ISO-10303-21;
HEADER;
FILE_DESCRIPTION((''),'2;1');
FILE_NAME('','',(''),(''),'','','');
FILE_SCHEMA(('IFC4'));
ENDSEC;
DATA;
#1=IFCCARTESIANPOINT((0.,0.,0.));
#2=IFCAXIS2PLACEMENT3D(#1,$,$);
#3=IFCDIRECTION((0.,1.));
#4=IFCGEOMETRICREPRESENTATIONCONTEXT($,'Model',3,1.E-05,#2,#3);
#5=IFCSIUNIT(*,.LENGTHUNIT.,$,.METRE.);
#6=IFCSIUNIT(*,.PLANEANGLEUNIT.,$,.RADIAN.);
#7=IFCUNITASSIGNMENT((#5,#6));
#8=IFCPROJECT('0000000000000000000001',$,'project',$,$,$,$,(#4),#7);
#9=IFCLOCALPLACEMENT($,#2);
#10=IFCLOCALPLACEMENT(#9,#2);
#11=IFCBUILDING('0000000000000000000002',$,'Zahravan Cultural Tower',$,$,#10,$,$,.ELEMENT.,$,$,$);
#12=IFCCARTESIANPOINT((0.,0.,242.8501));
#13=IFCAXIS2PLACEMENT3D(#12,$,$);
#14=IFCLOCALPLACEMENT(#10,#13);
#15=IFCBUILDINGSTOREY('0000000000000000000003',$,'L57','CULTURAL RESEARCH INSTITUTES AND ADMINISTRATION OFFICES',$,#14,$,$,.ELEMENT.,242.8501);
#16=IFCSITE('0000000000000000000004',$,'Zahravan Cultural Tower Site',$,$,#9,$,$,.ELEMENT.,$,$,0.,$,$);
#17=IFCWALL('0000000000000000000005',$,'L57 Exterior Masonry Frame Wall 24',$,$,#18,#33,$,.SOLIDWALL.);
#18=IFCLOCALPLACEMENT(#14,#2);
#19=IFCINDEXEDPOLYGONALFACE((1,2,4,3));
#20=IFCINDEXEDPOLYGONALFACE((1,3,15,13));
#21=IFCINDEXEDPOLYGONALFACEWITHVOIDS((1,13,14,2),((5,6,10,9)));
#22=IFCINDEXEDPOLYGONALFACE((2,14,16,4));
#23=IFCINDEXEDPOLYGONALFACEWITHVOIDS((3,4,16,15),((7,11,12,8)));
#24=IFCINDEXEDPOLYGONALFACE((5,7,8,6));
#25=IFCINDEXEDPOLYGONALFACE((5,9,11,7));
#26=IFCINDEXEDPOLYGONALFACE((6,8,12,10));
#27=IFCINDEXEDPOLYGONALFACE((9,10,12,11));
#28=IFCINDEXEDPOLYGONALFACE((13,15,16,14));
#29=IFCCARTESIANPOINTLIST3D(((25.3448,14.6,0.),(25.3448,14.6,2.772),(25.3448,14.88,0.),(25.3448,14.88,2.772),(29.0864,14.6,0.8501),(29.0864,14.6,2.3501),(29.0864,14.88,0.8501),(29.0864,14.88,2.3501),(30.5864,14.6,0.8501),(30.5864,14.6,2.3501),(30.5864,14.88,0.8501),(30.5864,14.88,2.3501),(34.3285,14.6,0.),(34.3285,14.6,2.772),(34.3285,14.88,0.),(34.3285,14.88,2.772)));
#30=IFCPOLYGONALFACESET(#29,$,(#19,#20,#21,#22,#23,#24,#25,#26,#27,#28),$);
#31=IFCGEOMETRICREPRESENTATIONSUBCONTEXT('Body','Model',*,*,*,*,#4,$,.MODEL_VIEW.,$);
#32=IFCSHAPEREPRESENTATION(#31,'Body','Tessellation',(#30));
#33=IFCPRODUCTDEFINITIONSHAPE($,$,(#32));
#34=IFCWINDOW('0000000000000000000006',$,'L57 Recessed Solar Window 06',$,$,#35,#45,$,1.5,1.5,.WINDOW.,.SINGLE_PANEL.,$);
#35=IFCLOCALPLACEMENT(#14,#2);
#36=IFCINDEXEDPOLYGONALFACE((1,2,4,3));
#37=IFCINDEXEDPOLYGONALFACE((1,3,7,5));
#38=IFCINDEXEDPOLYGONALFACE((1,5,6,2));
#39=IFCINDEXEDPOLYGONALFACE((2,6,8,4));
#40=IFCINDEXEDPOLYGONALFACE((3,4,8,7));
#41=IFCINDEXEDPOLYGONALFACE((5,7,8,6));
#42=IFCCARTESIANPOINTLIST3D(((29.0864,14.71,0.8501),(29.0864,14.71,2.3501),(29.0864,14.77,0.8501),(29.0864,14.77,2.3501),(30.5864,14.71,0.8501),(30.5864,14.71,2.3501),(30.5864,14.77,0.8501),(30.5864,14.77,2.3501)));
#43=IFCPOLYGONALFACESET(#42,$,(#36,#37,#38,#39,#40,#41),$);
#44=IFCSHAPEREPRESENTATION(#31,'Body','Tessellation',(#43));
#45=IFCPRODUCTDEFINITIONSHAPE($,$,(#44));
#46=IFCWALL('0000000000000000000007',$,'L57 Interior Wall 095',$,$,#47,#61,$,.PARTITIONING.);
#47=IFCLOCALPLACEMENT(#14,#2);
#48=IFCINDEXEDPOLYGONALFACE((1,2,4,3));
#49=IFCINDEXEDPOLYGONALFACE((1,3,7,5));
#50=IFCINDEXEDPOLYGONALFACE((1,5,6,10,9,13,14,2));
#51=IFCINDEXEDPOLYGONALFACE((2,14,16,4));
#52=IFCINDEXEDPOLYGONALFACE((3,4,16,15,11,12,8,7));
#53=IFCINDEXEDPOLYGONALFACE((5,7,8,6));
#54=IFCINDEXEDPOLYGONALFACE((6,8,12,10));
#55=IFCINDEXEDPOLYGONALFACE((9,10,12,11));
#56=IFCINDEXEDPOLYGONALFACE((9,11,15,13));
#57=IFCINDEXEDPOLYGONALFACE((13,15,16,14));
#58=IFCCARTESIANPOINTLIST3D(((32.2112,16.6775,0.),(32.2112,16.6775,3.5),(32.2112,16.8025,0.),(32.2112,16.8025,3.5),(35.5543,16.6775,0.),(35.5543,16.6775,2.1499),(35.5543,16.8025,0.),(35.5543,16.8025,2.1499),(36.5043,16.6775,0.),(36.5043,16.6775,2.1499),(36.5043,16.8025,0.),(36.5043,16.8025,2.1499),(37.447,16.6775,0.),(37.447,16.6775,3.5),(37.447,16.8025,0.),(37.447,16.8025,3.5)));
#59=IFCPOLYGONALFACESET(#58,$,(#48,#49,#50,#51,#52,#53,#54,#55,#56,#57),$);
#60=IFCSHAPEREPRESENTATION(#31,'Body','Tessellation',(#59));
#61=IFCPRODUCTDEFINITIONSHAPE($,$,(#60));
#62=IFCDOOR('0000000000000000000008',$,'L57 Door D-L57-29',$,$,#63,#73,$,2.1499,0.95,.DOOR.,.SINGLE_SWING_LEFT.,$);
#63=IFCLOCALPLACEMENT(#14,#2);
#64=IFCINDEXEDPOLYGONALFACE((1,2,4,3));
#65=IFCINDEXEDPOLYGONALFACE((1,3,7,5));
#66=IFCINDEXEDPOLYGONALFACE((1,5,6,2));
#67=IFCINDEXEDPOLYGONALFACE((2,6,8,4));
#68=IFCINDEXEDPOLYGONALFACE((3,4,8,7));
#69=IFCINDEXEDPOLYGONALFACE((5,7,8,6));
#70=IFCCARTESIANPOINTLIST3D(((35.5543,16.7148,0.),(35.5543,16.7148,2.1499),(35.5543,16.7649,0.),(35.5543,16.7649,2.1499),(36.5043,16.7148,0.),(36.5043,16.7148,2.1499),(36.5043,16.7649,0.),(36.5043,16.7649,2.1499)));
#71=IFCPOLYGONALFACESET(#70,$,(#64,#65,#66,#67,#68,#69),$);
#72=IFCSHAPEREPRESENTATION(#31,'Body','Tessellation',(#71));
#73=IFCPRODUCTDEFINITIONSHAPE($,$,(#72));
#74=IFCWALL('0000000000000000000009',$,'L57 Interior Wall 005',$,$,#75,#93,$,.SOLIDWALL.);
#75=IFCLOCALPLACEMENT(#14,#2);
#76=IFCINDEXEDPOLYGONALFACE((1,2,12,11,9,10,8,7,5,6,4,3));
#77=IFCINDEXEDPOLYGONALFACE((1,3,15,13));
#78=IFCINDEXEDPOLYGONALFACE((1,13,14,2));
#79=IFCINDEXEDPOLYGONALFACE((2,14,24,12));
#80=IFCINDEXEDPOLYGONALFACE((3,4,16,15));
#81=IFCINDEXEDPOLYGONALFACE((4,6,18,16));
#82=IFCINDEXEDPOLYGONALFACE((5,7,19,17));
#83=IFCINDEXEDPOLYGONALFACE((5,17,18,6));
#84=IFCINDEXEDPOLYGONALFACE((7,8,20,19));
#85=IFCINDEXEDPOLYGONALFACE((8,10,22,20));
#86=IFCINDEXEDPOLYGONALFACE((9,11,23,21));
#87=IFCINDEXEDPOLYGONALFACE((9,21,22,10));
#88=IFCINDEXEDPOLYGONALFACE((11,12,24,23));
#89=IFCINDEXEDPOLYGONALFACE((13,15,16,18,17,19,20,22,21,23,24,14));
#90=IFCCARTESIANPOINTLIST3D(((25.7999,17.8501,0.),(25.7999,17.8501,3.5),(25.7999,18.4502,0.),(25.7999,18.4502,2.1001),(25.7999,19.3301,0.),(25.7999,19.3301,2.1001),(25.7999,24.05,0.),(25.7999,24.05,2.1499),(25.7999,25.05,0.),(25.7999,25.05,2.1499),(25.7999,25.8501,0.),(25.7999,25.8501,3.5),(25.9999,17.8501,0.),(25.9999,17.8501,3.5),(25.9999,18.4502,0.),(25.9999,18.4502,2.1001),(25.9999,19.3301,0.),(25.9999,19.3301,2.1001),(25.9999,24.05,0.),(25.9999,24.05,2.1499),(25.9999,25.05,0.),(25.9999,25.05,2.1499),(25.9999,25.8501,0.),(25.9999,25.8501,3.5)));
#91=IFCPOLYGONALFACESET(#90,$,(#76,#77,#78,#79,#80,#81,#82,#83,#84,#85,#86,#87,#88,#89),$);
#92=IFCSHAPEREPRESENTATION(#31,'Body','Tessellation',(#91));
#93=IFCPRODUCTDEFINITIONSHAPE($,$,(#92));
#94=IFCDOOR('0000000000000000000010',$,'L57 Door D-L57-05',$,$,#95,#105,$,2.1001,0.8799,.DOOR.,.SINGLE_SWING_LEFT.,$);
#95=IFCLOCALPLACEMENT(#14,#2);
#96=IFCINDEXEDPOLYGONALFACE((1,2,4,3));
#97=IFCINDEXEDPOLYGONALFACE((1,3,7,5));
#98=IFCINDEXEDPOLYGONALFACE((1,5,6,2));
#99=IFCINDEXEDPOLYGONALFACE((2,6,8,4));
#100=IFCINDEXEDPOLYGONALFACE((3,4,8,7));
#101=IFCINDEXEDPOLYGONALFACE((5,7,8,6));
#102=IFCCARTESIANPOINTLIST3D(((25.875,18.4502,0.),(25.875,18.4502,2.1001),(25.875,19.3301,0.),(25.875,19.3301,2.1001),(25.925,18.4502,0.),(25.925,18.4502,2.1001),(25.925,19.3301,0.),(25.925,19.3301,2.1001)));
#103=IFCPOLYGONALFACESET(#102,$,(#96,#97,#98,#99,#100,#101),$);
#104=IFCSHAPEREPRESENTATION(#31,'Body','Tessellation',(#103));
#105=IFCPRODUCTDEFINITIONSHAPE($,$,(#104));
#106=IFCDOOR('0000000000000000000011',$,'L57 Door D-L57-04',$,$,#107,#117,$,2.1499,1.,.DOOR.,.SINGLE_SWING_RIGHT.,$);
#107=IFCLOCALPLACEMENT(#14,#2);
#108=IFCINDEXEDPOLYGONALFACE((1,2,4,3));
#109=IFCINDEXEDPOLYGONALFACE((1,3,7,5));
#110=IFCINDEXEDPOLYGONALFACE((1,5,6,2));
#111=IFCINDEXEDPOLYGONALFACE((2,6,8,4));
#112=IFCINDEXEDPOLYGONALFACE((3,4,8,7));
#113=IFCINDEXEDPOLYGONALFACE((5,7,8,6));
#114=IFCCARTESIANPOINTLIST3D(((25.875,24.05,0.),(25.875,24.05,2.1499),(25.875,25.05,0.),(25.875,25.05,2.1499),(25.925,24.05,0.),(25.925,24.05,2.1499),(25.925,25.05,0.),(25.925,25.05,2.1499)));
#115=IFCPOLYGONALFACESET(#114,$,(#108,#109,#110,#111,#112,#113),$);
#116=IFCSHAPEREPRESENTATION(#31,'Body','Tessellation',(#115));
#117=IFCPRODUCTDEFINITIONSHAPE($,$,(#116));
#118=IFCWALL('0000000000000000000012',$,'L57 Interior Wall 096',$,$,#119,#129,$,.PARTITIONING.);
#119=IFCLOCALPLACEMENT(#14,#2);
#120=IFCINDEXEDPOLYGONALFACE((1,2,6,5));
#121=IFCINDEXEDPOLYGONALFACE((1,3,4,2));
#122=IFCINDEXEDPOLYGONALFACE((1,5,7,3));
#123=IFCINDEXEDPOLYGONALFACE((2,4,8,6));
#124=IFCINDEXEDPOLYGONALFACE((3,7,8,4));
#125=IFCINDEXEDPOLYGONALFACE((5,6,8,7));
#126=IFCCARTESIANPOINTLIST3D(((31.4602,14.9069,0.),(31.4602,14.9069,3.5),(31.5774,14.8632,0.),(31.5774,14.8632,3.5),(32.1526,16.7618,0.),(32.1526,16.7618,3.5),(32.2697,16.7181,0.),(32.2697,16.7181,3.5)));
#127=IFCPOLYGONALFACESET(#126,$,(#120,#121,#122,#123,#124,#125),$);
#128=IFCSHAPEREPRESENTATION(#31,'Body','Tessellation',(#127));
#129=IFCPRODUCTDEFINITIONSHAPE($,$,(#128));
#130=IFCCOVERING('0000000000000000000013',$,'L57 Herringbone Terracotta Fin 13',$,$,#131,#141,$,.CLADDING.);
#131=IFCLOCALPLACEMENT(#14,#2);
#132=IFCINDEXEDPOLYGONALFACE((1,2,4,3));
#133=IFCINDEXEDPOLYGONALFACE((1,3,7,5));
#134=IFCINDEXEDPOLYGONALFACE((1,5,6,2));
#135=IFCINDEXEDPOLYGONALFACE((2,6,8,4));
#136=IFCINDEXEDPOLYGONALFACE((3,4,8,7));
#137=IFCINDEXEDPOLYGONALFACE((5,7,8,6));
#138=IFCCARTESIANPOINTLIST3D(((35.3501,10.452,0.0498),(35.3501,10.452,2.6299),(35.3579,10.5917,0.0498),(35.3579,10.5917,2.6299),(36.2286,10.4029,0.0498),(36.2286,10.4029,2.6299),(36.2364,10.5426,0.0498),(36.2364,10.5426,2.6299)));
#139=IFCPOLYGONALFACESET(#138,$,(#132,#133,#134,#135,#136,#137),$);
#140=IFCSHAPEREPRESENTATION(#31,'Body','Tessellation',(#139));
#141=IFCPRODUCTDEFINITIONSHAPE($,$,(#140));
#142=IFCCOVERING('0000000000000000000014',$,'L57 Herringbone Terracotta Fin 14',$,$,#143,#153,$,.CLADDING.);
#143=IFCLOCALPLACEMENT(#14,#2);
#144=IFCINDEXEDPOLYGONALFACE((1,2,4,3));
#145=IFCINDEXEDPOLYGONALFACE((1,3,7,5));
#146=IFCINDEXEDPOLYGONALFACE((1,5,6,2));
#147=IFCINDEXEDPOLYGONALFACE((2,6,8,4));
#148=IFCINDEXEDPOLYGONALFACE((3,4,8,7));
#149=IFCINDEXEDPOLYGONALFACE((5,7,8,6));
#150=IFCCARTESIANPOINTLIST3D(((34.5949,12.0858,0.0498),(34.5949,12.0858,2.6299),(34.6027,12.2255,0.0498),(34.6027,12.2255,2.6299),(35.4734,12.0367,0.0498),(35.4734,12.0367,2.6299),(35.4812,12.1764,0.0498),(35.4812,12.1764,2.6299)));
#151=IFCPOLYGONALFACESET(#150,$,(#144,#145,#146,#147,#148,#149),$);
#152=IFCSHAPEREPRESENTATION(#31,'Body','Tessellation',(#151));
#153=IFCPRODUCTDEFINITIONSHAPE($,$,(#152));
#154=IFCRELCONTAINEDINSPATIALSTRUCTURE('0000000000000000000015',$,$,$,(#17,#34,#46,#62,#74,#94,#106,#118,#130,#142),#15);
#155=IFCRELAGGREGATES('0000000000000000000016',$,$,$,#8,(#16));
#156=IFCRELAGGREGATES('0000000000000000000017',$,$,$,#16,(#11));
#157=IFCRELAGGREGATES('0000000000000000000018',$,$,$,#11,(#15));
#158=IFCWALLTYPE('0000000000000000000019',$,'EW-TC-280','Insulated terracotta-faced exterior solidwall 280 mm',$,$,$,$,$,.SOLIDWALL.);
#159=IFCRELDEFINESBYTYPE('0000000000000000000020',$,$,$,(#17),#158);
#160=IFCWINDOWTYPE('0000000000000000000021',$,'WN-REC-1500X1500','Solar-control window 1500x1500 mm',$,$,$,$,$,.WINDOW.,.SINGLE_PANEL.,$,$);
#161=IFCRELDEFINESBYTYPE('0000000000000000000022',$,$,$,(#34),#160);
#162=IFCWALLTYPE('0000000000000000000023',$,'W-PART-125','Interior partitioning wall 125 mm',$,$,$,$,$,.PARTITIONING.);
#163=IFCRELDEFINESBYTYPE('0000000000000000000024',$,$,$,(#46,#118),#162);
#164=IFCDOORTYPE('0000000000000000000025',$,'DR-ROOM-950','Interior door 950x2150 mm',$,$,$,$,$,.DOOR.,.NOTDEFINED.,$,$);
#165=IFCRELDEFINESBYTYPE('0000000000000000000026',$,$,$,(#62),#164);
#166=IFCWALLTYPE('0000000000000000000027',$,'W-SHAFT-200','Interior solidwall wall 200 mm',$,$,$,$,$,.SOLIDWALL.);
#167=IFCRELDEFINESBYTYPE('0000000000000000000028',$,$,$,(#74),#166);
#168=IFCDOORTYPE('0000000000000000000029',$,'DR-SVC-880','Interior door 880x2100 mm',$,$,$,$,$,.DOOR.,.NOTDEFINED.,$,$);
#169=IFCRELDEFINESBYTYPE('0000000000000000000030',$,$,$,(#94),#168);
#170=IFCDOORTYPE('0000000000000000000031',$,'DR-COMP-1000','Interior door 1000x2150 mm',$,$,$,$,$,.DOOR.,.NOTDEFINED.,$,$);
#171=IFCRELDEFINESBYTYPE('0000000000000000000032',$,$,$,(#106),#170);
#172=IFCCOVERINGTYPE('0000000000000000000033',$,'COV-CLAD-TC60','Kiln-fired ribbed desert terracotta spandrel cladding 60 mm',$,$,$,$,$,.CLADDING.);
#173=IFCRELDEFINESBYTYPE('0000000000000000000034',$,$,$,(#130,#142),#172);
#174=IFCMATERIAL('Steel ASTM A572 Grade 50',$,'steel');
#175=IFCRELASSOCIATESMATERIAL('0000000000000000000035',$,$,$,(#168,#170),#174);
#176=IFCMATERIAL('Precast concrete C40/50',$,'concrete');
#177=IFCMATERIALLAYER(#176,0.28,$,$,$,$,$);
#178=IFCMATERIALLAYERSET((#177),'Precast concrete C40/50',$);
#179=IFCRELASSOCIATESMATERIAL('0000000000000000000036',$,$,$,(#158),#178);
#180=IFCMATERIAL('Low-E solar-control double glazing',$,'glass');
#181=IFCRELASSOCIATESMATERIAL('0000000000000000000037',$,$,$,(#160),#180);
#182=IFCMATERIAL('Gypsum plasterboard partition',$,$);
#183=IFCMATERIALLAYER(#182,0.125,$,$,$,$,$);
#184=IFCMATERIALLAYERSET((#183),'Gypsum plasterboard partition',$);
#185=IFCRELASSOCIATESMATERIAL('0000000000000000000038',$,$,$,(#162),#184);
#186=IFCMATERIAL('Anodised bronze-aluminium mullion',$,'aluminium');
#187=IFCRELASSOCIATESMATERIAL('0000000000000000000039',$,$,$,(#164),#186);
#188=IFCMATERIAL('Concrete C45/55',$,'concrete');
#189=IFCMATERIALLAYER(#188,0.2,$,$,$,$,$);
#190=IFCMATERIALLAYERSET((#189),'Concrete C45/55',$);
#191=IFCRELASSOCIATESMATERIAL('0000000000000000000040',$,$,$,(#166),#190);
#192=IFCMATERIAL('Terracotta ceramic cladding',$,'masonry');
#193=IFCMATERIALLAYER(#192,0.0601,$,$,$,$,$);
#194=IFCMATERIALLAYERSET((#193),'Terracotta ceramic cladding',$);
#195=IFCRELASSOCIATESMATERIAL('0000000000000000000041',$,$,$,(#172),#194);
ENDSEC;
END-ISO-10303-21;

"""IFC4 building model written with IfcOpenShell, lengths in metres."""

from ifc_helpers import new_model, si_unit, direction, frame, frame_2d, origin, origin_2d, place, context, subcontext, project, spatial, rectangle, extrude, source, transform, mapped, material, layer, layer_set, type_object, element, fill, save


model = new_model("IFC4")

# Units and contexts
model_context = context("Model", 3, precision=1e-05, world=origin(), true_north=direction((0.0, 1.0)))
body_context = subcontext(model_context, "Body", "Model", "MODEL_VIEW")
ifc_project = project(units=[si_unit("LENGTHUNIT", "METRE"), si_unit("PLANEANGLEUNIT", "RADIAN")], contexts=[model_context])

# Site, building, storey
site_placement = place(None, origin())
site = spatial("IfcSite", under=ifc_project, at=site_placement, Name="Zahravan Cultural Tower Site", CompositionType="ELEMENT", RefElevation=0.0)
building_placement = place(site_placement, origin())
building = spatial("IfcBuilding", under=site, at=building_placement, Name="Zahravan Cultural Tower", CompositionType="ELEMENT")
storey_placement = place(building_placement, frame((0.0, 0.0, 242.8501)))
storey = spatial("IfcBuildingStorey", under=building, at=storey_placement, Name="L57", Description="CULTURAL RESEARCH INSTITUTES AND ADMINISTRATION OFFICES", CompositionType="ELEMENT", Elevation=242.8501)

# Shared definitions
ifc_material_1 = material(Name="Concrete C45/55", Category="concrete")

# Shared definitions
ifc_material_2 = material(Name="Steel ASTM A572 Grade 50", Category="steel")
door_type_1 = type_object("IfcDoorType", Name="DR-SVC-880", Description="Interior door 880x2100 mm", OperationType="NOTDEFINED", PredefinedType="DOOR", material=ifc_material_2)
shared_shape_1 = source(origin(), body_context, "Body", "SweptSolid", [
    extrude(rectangle(XDim=0.8799, YDim=2.1001, at=frame_2d((0.4399, 1.05))), frame((0.0, 0.0249, 0.0), z_axis=(0.0, -1.0, 0.0), x_axis=(1.0, 0.0, 0.0)), (0.0, 0.0, 1.0), 0.05),
])

# Wall, opening, window
ifc_material_3 = material(Name="Precast concrete C40/50", Category="concrete")
ifc_layer_1 = layer(ifc_material_3, 0.28)
ifc_layer_set_1 = layer_set([ifc_layer_1], Name="Precast concrete C40/50")
wall_type_1 = type_object("IfcWallType", Name="EW-TC-280", Description="Insulated terracotta-faced exterior solidwall 280 mm", PredefinedType="SOLIDWALL", material=ifc_layer_set_1)
wall_1_placement = place(storey_placement, frame((34.3284, 14.74, 0.0), z_axis=(0.0, 0.0, 1.0), x_axis=(-1.0, 0.0, 0.0)))
wall_1 = element("IfcWall", 1, at=wall_1_placement, inside=storey, type_object=wall_type_1, Name="L57 Exterior Masonry Frame Wall 24", PredefinedType="SOLIDWALL", context=body_context, shape_type="SweptSolid", body=[
    extrude(rectangle(XDim=8.9836, YDim=0.28, at=frame_2d((4.4917, 0.0))), origin(), (0.0, 0.0, 1.0), 2.772),
])
opening_1_placement = place(wall_1_placement, frame((3.7419, 0.0, 0.8501)))
opening_1 = element("IfcOpeningElement", 2, at=opening_1_placement, cuts=wall_1, PredefinedType="OPENING", context=body_context, shape_type="SweptSolid", body=[
    extrude(rectangle(XDim=1.5, YDim=1.5, at=frame_2d((0.75, 0.75))), frame((0.0, 0.1499, 0.0), z_axis=(0.0, -1.0, 0.0), x_axis=(1.0, 0.0, 0.0)), (0.0, 0.0, 1.0), 0.3),
])
ifc_material_4 = material(Name="Low-E solar-control double glazing", Category="glass")
window_type = type_object("IfcWindowType", Name="WN-REC-1500X1500", Description="Solar-control window 1500x1500 mm", PartitioningType="SINGLE_PANEL", PredefinedType="WINDOW", material=ifc_material_4)
shared_shape_2 = source(origin(), body_context, "Body", "SweptSolid", [
    extrude(rectangle(XDim=1.5, YDim=1.5, at=frame_2d((0.75, 0.75))), frame((0.0, 0.03, 0.0), z_axis=(0.0, -1.0, 0.0), x_axis=(1.0, 0.0, 0.0)), (0.0, 0.0, 1.0), 0.0601),
])
window_placement = place(opening_1_placement, origin())
window = element("IfcWindow", 3, at=window_placement, inside=storey, type_object=window_type, Name="L57 Recessed Solar Window 06", OverallHeight=1.5, OverallWidth=1.5, PartitioningType="SINGLE_PANEL", PredefinedType="WINDOW", context=body_context, shape_type="MappedRepresentation", body=[
    mapped(shared_shape_2, transform((0.0, 0.0, 0.0), x_axis=(1.0, 0.0, 0.0), y_axis=(0.0, 1.0, 0.0), z_axis=(0.0, 0.0, 1.0), scale=1.0)),
])
fill(opening_1, window)

# Wall, opening, door
ifc_material_5 = material(Name="Gypsum plasterboard partition")
ifc_layer_2 = layer(ifc_material_5, 0.125)
ifc_layer_set_2 = layer_set([ifc_layer_2], Name="Gypsum plasterboard partition")
wall_type_2 = type_object("IfcWallType", Name="W-PART-125", Description="Interior partitioning wall 125 mm", PredefinedType="PARTITIONING", material=ifc_layer_set_2)
wall_2_placement = place(storey_placement, frame((32.2112, 16.74, 0.0), z_axis=(0.0, 0.0, 1.0), x_axis=(1.0, 0.0, 0.0)))
wall_2 = element("IfcWall", 4, at=wall_2_placement, inside=storey, type_object=wall_type_2, Name="L57 Interior Wall 095", PredefinedType="PARTITIONING", context=body_context, shape_type="SweptSolid", body=[
    extrude(rectangle(XDim=5.2358, YDim=0.125, at=frame_2d((2.6179, 0.0))), origin(), (0.0, 0.0, 1.0), 3.5),
])
opening_2_placement = place(wall_2_placement, frame((3.343, 0.0, 0.0)))
opening_2 = element("IfcOpeningElement", 5, at=opening_2_placement, cuts=wall_2, PredefinedType="OPENING", context=body_context, shape_type="SweptSolid", body=[
    extrude(rectangle(XDim=0.95, YDim=2.1499, at=frame_2d((0.4751, 1.075))), frame((0.0, 0.0725, 0.0), z_axis=(0.0, -1.0, 0.0), x_axis=(1.0, 0.0, 0.0)), (0.0, 0.0, 1.0), 0.145),
])
ifc_material_6 = material(Name="Anodised bronze-aluminium mullion", Category="aluminium")
door_type_2 = type_object("IfcDoorType", Name="DR-ROOM-950", Description="Interior door 950x2150 mm", OperationType="NOTDEFINED", PredefinedType="DOOR", material=ifc_material_6)
shared_shape_3 = source(origin(), body_context, "Body", "SweptSolid", [
    extrude(rectangle(XDim=0.95, YDim=2.1499, at=frame_2d((0.4751, 1.075))), frame((0.0, 0.0249, 0.0), z_axis=(0.0, -1.0, 0.0), x_axis=(1.0, 0.0, 0.0)), (0.0, 0.0, 1.0), 0.05),
])
door_1_placement = place(opening_2_placement, origin())
door_1 = element("IfcDoor", 6, at=door_1_placement, inside=storey, type_object=door_type_2, Name="L57 Door D-L57-29", OperationType="SINGLE_SWING_LEFT", OverallHeight=2.1499, OverallWidth=0.95, PredefinedType="DOOR", context=body_context, shape_type="MappedRepresentation", body=[
    mapped(shared_shape_3, transform((0.0, 0.0, 0.0), x_axis=(1.0, 0.0, 0.0), y_axis=(0.0, 1.0, 0.0), z_axis=(0.0, 0.0, 1.0), scale=1.0)),
])
fill(opening_2, door_1)

# Wall, openings, doors
ifc_layer_3 = layer(ifc_material_1, 0.2)
ifc_layer_set_3 = layer_set([ifc_layer_3], Name="Concrete C45/55")
wall_type_3 = type_object("IfcWallType", Name="W-SHAFT-200", Description="Interior solidwall wall 200 mm", PredefinedType="SOLIDWALL", material=ifc_layer_set_3)
wall_3_placement = place(storey_placement, frame((25.8999, 17.8501, 0.0), z_axis=(0.0, 0.0, 1.0), x_axis=(0.0, 1.0, 0.0)))
wall_3 = element("IfcWall", 7, at=wall_3_placement, inside=storey, type_object=wall_type_3, Name="L57 Interior Wall 005", PredefinedType="SOLIDWALL", context=body_context, shape_type="SweptSolid", body=[
    extrude(rectangle(XDim=8.0, YDim=0.2, at=frame_2d((4.0, 0.0))), origin(), (0.0, 0.0, 1.0), 3.5),
])
opening_3_placement = place(wall_3_placement, frame((6.2, 0.0, 0.0)))
opening_3 = element("IfcOpeningElement", 8, at=opening_3_placement, cuts=wall_3, PredefinedType="OPENING", context=body_context, shape_type="SweptSolid", body=[
    extrude(rectangle(XDim=1.0, YDim=2.1499, at=frame_2d((0.5, 1.075))), frame((0.0, 0.1099, 0.0), z_axis=(0.0, -1.0, 0.0), x_axis=(1.0, 0.0, 0.0)), (0.0, 0.0, 1.0), 0.22),
])
opening_4_placement = place(wall_3_placement, frame((0.6001, 0.0, 0.0)))
opening_4 = element("IfcOpeningElement", 9, at=opening_4_placement, cuts=wall_3, PredefinedType="OPENING", context=body_context, shape_type="SweptSolid", body=[
    extrude(rectangle(XDim=0.8799, YDim=2.1001, at=frame_2d((0.4399, 1.05))), frame((0.0, 0.1099, 0.0), z_axis=(0.0, -1.0, 0.0), x_axis=(1.0, 0.0, 0.0)), (0.0, 0.0, 1.0), 0.22),
])
door_2_placement = place(opening_4_placement, origin())
door_2 = element("IfcDoor", 10, at=door_2_placement, inside=storey, type_object=door_type_1, Name="L57 Door D-L57-05", OperationType="SINGLE_SWING_LEFT", OverallHeight=2.1001, OverallWidth=0.8799, PredefinedType="DOOR", context=body_context, shape_type="MappedRepresentation", body=[
    mapped(shared_shape_1, transform((0.0, 0.0, 0.0), x_axis=(1.0, 0.0, 0.0), y_axis=(0.0, 1.0, 0.0), z_axis=(0.0, 0.0, 1.0), scale=1.0)),
])
fill(opening_4, door_2)
door_type_3 = type_object("IfcDoorType", Name="DR-COMP-1000", Description="Interior door 1000x2150 mm", OperationType="NOTDEFINED", PredefinedType="DOOR", material=ifc_material_2)
shared_shape_4 = source(origin(), body_context, "Body", "SweptSolid", [
    extrude(rectangle(XDim=1.0, YDim=2.1499, at=frame_2d((0.5, 1.075))), frame((0.0, 0.0249, 0.0), z_axis=(0.0, -1.0, 0.0), x_axis=(1.0, 0.0, 0.0)), (0.0, 0.0, 1.0), 0.05),
])
door_3_placement = place(opening_3_placement, origin())
door_3 = element("IfcDoor", 11, at=door_3_placement, inside=storey, type_object=door_type_3, Name="L57 Door D-L57-04", OperationType="SINGLE_SWING_RIGHT", OverallHeight=2.1499, OverallWidth=1.0, PredefinedType="DOOR", context=body_context, shape_type="MappedRepresentation", body=[
    mapped(shared_shape_4, transform((0.0, 0.0, 0.0), x_axis=(1.0, 0.0, 0.0), y_axis=(0.0, 1.0, 0.0), z_axis=(0.0, 0.0, 1.0), scale=1.0)),
])
fill(opening_3, door_3)

# Wall
shared_shape_5 = source(origin(), body_context, "Body", "SweptSolid", [
    extrude(rectangle(XDim=1.98, YDim=0.125, at=frame_2d((0.99, 0.0))), origin(), (0.0, 0.0, 1.0), 3.5),
])
wall_4_placement = place(storey_placement, frame((31.5188, 14.885, 0.0), z_axis=(0.0, 0.0, 1.0), x_axis=(0.349691, 0.936865, 0.0)))
element("IfcWall", 12, at=wall_4_placement, inside=storey, type_object=wall_type_2, Name="L57 Interior Wall 096", PredefinedType="PARTITIONING", context=body_context, shape_type="MappedRepresentation", body=[
    mapped(shared_shape_5, transform((0.0, 0.0, 0.0), x_axis=(1.0, 0.0, 0.0), y_axis=(0.0, 1.0, 0.0), z_axis=(0.0, 0.0, 1.0), scale=1.0)),
])

# Coverings
ifc_material_7 = material(Name="Terracotta ceramic cladding", Category="masonry")
ifc_layer_4 = layer(ifc_material_7, 0.0601)
ifc_layer_set_4 = layer_set([ifc_layer_4], Name="Terracotta ceramic cladding")
covering_type = type_object("IfcCoveringType", Name="COV-CLAD-TC60", Description="Kiln-fired ribbed desert terracotta spandrel cladding 60 mm", PredefinedType="CLADDING", material=ifc_layer_set_4)
shared_shape_6 = source(origin(), body_context, "Body", "SweptSolid", [
    extrude(rectangle(XDim=0.8799, YDim=0.1399, at=origin_2d()), origin(), (0.0, 0.0, 1.0), 2.5801),
])
for number, where, z_axis, x_axis, name in (
    (13, (35.7932, 10.4973, 0.0498), (0.0, 0.0, 1.0), (-0.998441, 0.055822, 0.0), "L57 Herringbone Terracotta Fin 13"),
    (14, (35.0381, 12.1311, 0.0498), (0.0, 0.0, 1.0), (-0.998441, 0.055822, 0.0), "L57 Herringbone Terracotta Fin 14"),
):
    element("IfcCovering", number, at=place(storey_placement, frame(where, z_axis=z_axis, x_axis=x_axis)), inside=storey, type_object=covering_type, Name=name, PredefinedType="CLADDING", context=body_context, shape_type="MappedRepresentation", body=[
        mapped(shared_shape_6, transform((0.0, 0.0, 0.0), x_axis=(1.0, 0.0, 0.0), y_axis=(0.0, 1.0, 0.0), z_axis=(0.0, 0.0, 1.0), scale=1.0)),
    ])

save(model, "model.ifc")
